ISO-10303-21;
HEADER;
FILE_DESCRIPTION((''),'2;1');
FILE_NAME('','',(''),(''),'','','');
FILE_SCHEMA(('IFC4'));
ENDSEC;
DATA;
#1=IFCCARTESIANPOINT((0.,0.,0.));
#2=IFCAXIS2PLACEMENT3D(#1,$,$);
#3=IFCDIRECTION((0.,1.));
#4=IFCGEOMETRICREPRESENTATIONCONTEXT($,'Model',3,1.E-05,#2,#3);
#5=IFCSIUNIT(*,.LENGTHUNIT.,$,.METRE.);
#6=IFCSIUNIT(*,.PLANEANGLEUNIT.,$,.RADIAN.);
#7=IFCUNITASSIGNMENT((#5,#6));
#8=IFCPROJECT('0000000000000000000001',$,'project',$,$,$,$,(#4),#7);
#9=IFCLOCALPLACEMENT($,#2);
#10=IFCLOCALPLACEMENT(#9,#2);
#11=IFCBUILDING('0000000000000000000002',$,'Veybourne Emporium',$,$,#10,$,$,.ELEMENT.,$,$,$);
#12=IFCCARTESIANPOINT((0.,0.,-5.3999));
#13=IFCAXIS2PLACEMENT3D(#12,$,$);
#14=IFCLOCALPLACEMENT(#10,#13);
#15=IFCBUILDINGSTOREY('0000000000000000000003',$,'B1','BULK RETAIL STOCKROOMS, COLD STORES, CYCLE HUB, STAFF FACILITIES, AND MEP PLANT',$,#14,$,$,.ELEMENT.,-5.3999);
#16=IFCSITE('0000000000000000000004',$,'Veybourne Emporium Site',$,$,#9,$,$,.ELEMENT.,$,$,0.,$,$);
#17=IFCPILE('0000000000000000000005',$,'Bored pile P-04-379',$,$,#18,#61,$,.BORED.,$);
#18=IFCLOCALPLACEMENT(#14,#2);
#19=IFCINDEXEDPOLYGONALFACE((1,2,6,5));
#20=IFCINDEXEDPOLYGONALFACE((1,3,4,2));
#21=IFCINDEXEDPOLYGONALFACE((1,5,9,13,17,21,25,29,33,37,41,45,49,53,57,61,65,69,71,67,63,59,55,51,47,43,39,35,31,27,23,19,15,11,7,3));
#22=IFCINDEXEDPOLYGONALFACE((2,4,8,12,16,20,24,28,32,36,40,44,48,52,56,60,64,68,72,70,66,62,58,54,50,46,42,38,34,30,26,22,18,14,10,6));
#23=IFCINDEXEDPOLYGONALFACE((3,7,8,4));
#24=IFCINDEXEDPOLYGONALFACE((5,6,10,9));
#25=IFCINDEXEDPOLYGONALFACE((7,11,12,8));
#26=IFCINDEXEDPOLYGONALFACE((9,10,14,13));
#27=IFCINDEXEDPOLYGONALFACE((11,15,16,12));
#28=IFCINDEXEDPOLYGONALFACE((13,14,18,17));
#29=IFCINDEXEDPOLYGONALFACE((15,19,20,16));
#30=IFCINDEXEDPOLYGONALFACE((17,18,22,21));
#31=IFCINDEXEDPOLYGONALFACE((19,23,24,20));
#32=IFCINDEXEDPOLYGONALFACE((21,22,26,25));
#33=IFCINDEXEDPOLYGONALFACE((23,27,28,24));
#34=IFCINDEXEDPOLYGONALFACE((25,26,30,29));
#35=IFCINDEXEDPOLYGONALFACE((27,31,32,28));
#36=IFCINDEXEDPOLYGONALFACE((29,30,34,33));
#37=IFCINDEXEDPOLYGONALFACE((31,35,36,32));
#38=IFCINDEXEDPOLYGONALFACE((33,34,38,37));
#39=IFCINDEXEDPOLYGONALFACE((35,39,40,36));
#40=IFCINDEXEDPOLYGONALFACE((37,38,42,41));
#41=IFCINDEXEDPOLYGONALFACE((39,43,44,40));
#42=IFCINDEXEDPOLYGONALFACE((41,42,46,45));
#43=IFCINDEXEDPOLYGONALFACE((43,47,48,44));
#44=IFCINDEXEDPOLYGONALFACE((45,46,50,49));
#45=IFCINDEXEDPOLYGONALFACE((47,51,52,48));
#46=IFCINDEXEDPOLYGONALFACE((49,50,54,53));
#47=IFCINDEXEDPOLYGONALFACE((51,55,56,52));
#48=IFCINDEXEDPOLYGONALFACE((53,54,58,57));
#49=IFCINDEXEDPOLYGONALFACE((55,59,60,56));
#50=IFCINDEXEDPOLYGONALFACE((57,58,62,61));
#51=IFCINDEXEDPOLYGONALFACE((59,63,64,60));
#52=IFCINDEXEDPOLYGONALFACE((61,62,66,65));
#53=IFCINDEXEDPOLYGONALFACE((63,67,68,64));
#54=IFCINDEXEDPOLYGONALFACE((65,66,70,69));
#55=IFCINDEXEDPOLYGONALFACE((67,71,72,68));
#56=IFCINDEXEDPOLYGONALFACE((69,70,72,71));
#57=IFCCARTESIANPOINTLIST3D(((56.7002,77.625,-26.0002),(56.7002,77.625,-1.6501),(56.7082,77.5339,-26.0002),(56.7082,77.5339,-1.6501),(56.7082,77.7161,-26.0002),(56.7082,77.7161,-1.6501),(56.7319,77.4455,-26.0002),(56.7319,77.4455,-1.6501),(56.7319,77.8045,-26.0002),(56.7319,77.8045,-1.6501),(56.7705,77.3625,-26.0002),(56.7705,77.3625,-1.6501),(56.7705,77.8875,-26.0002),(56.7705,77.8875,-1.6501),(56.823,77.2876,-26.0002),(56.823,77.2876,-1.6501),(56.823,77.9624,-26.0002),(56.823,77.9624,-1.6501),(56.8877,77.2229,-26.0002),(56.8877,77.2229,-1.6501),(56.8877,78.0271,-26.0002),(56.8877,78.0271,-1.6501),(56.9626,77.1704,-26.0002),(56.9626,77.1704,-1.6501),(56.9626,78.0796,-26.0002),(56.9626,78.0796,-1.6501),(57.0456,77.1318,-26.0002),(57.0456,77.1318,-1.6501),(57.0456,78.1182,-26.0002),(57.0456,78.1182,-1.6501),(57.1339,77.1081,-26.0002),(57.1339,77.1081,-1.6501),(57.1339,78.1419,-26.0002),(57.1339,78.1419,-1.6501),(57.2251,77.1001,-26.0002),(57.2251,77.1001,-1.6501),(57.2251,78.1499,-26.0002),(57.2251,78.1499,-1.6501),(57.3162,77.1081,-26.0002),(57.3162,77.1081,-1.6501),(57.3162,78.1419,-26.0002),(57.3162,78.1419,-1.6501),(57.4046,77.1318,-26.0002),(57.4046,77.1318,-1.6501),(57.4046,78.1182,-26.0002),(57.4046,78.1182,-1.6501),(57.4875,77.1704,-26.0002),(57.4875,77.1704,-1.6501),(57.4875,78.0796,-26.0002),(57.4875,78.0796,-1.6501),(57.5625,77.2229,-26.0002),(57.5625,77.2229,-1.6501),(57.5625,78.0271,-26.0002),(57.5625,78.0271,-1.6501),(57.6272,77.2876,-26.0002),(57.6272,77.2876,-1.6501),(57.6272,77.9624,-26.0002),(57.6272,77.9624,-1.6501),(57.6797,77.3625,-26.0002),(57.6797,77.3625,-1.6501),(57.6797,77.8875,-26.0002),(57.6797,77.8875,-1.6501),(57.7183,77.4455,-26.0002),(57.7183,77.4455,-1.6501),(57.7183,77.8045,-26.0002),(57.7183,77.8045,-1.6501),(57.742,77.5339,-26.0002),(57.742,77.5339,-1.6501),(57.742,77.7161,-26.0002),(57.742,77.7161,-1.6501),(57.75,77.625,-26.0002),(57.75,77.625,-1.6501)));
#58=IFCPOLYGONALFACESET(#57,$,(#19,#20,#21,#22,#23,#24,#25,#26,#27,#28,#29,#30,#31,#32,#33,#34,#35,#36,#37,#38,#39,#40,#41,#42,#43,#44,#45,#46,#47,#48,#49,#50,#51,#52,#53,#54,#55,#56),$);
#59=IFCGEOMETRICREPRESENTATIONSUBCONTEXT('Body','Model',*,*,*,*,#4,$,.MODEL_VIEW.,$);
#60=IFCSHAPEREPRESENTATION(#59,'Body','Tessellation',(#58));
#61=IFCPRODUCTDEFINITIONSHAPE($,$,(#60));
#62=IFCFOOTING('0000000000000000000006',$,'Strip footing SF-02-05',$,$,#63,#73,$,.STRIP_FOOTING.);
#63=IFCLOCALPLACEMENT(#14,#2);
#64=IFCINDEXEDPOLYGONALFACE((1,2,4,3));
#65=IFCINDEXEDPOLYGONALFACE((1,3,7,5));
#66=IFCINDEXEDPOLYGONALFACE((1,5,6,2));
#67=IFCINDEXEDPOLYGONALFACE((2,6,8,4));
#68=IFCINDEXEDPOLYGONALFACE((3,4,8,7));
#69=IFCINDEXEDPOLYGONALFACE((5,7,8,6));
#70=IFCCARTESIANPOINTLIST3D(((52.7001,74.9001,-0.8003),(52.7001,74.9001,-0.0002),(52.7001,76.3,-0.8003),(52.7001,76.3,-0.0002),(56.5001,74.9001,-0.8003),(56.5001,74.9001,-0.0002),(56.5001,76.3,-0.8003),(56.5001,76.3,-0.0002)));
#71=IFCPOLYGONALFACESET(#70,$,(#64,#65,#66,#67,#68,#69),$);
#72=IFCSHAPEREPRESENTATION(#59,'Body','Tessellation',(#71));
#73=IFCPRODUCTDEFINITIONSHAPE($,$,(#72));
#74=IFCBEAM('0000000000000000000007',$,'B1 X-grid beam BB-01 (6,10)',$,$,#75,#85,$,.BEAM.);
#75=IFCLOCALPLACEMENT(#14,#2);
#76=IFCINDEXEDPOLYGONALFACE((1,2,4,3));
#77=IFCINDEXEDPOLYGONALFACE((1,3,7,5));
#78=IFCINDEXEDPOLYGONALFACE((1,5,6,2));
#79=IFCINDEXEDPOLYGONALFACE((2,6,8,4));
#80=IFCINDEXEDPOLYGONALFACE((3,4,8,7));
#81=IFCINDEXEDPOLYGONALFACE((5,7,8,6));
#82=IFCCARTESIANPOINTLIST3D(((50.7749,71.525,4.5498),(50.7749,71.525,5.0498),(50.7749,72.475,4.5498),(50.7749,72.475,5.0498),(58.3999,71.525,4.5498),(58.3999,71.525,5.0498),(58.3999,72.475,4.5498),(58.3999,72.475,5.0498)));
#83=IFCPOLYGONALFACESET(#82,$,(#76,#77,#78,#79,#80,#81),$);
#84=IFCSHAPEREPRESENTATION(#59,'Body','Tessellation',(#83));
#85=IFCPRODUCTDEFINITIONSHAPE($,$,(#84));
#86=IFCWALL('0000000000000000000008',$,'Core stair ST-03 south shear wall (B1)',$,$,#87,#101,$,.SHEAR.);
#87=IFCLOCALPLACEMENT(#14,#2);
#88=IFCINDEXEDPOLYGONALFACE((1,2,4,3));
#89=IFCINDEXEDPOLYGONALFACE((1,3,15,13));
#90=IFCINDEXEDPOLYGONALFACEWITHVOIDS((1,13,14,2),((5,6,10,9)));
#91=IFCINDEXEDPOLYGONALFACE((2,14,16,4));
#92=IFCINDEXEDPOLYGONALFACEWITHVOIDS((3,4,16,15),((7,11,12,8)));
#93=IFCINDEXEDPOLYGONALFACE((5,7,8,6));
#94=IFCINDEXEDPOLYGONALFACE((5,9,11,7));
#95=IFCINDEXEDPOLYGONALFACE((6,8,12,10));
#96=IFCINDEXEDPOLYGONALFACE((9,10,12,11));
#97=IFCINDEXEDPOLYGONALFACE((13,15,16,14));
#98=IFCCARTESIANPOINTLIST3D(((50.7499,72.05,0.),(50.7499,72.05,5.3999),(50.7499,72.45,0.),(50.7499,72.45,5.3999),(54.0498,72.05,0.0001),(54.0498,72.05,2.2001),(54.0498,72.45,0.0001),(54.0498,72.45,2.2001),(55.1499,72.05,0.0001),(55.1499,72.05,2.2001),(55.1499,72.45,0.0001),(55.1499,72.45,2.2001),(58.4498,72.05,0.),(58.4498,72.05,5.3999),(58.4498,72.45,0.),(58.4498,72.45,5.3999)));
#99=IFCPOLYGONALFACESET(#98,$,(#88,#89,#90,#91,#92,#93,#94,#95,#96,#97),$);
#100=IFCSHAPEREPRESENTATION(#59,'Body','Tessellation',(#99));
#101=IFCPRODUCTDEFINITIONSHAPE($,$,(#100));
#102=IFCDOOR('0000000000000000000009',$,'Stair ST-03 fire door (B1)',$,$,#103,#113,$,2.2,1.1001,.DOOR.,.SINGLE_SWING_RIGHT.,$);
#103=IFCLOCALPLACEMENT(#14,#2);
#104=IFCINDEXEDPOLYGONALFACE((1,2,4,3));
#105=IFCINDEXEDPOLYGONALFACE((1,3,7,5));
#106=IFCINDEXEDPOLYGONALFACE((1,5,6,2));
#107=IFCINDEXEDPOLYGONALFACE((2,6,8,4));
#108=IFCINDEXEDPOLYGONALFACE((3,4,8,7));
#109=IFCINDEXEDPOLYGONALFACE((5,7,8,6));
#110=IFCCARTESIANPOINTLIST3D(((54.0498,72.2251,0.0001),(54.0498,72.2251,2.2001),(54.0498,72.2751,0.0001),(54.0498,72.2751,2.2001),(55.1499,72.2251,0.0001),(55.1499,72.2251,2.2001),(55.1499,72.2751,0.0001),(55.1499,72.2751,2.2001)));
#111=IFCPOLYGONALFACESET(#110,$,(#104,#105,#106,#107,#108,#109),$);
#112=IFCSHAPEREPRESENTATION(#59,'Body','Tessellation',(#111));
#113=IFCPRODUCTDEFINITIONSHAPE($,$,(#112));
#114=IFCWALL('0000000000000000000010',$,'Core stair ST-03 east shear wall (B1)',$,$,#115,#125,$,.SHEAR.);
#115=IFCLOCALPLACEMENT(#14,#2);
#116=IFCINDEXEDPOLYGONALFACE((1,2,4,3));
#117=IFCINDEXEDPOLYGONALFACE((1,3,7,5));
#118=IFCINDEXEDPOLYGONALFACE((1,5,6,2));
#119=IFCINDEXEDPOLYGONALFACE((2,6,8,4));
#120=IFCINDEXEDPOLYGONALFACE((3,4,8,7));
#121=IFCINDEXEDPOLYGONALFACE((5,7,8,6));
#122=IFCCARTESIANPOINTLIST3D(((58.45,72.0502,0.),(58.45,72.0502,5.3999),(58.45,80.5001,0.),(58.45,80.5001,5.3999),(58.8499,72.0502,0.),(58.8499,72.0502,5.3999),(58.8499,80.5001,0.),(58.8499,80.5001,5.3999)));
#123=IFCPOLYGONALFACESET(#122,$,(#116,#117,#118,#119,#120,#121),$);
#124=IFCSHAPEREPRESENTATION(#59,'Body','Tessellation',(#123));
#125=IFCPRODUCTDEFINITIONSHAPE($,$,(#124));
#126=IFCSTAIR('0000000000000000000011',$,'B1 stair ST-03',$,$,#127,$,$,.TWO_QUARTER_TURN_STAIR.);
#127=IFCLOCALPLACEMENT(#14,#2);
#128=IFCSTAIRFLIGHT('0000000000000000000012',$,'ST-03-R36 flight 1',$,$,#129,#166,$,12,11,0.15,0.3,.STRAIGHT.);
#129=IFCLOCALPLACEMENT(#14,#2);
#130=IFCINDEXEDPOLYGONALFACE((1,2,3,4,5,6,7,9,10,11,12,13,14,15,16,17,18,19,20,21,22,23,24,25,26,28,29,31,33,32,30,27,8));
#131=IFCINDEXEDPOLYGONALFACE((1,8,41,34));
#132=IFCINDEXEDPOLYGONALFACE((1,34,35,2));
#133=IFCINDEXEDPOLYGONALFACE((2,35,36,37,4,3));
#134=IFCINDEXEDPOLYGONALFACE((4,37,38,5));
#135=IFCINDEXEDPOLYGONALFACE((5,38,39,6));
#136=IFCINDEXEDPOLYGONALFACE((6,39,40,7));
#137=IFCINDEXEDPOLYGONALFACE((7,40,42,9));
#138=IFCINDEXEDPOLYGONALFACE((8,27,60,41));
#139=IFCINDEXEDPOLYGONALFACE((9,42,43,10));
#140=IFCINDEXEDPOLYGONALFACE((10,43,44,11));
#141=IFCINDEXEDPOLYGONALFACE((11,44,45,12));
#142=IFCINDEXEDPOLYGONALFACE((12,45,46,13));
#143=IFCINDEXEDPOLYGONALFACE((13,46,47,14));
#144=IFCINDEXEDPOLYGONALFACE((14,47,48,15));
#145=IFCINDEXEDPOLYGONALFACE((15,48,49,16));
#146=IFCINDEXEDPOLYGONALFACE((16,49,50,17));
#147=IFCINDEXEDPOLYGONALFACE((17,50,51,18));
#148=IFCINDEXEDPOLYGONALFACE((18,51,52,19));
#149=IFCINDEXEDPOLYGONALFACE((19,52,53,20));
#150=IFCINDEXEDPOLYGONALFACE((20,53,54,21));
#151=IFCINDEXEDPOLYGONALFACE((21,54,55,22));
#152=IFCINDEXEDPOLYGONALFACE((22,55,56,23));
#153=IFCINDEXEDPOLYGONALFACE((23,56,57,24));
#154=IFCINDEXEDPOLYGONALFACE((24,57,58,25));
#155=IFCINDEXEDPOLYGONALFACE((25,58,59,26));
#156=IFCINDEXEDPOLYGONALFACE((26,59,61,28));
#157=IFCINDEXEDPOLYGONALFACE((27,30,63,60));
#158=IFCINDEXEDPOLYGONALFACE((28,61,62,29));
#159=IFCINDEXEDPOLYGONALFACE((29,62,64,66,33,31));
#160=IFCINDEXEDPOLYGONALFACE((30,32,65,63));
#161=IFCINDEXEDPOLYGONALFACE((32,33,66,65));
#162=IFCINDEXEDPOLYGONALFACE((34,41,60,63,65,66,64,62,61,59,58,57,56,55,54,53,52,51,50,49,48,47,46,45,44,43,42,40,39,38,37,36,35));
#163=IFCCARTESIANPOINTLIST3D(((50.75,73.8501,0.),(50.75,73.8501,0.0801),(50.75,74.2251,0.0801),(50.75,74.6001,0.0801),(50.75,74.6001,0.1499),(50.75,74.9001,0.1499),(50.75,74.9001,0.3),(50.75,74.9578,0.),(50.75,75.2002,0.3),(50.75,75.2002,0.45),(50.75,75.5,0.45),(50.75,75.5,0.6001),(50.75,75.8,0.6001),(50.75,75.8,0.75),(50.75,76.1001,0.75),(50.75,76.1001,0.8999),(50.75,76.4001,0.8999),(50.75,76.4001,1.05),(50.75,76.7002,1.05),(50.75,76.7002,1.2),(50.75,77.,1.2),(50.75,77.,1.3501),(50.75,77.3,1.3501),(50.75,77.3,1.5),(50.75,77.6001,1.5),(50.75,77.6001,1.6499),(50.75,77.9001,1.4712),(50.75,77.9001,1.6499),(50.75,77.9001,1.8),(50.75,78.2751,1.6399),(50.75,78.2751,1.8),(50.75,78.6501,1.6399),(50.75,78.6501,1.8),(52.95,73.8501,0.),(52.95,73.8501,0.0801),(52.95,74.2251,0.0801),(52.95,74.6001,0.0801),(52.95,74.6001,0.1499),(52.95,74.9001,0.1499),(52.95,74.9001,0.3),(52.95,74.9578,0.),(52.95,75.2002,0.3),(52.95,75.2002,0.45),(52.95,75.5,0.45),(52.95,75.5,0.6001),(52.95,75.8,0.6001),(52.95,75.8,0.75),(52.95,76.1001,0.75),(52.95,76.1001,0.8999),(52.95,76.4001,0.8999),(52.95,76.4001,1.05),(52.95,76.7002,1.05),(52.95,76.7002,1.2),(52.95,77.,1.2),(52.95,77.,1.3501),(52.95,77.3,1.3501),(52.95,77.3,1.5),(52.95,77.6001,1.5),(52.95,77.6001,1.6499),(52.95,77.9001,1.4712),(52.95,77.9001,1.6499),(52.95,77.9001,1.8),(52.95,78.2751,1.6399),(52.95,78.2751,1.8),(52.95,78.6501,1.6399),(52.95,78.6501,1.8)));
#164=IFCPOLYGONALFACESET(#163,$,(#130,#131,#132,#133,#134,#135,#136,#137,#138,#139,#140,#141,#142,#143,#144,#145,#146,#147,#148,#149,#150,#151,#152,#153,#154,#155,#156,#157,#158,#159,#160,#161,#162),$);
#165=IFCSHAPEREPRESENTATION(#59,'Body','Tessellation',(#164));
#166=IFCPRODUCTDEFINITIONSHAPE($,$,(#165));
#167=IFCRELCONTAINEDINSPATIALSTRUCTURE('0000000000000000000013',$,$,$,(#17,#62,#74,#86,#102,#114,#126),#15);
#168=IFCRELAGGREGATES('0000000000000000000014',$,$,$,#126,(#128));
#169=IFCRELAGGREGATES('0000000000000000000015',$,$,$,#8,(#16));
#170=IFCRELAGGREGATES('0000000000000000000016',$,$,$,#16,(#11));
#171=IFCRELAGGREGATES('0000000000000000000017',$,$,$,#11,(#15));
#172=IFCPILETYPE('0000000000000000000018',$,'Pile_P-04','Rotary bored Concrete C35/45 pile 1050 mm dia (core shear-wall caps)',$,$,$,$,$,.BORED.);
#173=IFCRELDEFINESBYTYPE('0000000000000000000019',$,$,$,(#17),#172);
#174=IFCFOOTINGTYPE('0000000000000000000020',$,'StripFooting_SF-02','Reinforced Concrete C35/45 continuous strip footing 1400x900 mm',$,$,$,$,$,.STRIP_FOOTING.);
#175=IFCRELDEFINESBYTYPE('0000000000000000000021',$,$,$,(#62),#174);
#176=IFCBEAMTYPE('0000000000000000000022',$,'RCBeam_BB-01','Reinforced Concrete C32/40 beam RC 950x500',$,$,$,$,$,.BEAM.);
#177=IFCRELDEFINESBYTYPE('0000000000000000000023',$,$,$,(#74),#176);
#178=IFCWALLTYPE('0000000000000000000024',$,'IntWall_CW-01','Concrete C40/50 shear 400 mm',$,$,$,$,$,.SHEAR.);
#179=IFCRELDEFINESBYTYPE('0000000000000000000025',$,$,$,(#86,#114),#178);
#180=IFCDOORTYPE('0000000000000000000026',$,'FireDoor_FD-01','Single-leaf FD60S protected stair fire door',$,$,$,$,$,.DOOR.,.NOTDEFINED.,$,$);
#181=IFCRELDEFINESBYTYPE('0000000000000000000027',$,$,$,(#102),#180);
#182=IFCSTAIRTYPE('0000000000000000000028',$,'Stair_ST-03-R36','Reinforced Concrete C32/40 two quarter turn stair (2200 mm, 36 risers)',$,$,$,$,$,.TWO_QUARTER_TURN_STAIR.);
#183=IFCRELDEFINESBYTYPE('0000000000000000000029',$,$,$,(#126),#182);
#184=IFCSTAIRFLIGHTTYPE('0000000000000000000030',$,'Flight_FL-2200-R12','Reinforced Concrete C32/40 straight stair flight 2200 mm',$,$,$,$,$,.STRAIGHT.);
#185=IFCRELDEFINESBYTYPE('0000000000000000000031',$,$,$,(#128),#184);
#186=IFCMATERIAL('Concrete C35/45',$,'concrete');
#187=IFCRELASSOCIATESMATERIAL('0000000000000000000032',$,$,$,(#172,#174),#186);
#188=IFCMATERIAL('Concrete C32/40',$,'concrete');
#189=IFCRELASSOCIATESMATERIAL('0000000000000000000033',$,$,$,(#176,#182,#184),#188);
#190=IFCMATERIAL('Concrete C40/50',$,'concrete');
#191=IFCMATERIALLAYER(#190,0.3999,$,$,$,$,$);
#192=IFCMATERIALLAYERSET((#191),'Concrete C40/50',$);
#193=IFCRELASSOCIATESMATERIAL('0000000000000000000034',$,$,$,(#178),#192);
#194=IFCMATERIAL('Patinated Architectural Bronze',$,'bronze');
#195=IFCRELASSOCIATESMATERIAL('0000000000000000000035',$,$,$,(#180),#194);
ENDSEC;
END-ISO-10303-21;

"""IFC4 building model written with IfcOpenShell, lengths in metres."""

from ifc_helpers import new_model, si_unit, direction, frame, frame_2d, origin, origin_2d, place, context, subcontext, project, spatial, polyline, rectangle, circle, outline, extrude, material, layer, layer_set, material_profile, profile_set, type_object, element, fill, aggregate, save


model = new_model("IFC4")

# Units and contexts
model_context = context("Model", 3, precision=1e-05, world=origin(), true_north=direction((0.0, 1.0)))
body_context = subcontext(model_context, "Body", "Model", "MODEL_VIEW")
ifc_project = project(units=[si_unit("LENGTHUNIT", "METRE"), si_unit("PLANEANGLEUNIT", "RADIAN")], contexts=[model_context])

# Site, building, storey
site_placement = place(None, origin())
site = spatial("IfcSite", under=ifc_project, at=site_placement, Name="Veybourne Emporium Site", CompositionType="ELEMENT", RefElevation=0.0)
building_placement = place(site_placement, origin())
building = spatial("IfcBuilding", under=site, at=building_placement, Name="Veybourne Emporium", CompositionType="ELEMENT")
storey_placement = place(building_placement, frame((0.0, 0.0, -5.3999)))
storey = spatial("IfcBuildingStorey", under=building, at=storey_placement, Name="B1", Description="BULK RETAIL STOCKROOMS, COLD STORES, CYCLE HUB, STAFF FACILITIES, AND MEP PLANT", CompositionType="ELEMENT", Elevation=-5.3999)

# Shared definitions
ifc_material_1 = material(Name="Concrete C35/45", Category="concrete")

# Pile
ifc_material_profile_1 = material_profile(ifc_material_1, circle(Radius=0.5249, at=origin_2d()), Name="BORED PILE 1050")
ifc_profile_set_1 = profile_set([ifc_material_profile_1], Name="Concrete C35/45")
pile_type = type_object("IfcPileType", Name="Pile_P-04", Description="Rotary bored Concrete C35/45 pile 1050 mm dia (core shear-wall caps)", PredefinedType="BORED", material=ifc_profile_set_1)
for number, where, z_axis, x_axis, name in (
    (1, (57.2251, 77.625, -1.6501), (0.0, 0.0, -1.0), (1.0, 0.0, 0.0), "Bored pile P-04-379"),
):
    element("IfcPile", number, at=place(storey_placement, frame(where, z_axis=z_axis, x_axis=x_axis)), inside=storey, type_object=pile_type, Name=name, PredefinedType="BORED", context=body_context, shape_type="SweptSolid", body=[
        extrude(circle(Radius=0.5249, at=origin_2d()), origin(), (0.0, 0.0, 1.0), 24.3501),
    ])

# Footing
footing_type_1 = type_object("IfcFootingType", Name="StripFooting_SF-02", Description="Reinforced Concrete C35/45 continuous strip footing 1400x900 mm", PredefinedType="STRIP_FOOTING", material=ifc_material_1)
footing_1_placement = place(storey_placement, frame((54.6001, 75.6001, -0.8003), z_axis=(0.0, 0.0, 1.0), x_axis=(1.0, 0.0, 0.0)))
element("IfcFooting", 2, at=footing_1_placement, inside=storey, type_object=footing_type_1, Name="Strip footing SF-02-05", PredefinedType="STRIP_FOOTING", context=body_context, shape_type="SweptSolid", body=[
    extrude(rectangle(XDim=3.8, YDim=1.3999, at=origin_2d()), origin(), (0.0, 0.0, 1.0), 0.8),
])

# Beam
ifc_material_2 = material(Name="Concrete C32/40", Category="concrete")
ifc_material_profile_2 = material_profile(ifc_material_2, rectangle(XDim=0.95, YDim=0.5, at=origin_2d()), Name="RC 950x500")
ifc_profile_set_2 = profile_set([ifc_material_profile_2], Name="Concrete C32/40")
beam_type = type_object("IfcBeamType", Name="RCBeam_BB-01", Description="Reinforced Concrete C32/40 beam RC 950x500", PredefinedType="BEAM", material=ifc_profile_set_2)
beam_placement = place(storey_placement, frame((50.7749, 72.0, 4.7998), z_axis=(1.0, 0.0, 0.0), x_axis=(0.0, 1.0, 0.0)))
element("IfcBeam", 3, at=beam_placement, inside=storey, type_object=beam_type, Name="B1 X-grid beam BB-01 (6,10)", PredefinedType="BEAM", context=body_context, shape_type="SweptSolid", body=[
    extrude(rectangle(XDim=0.95, YDim=0.5, at=origin_2d()), origin(), (0.0, 0.0, 1.0), 7.625),
])

# Wall, opening, door
ifc_material_3 = material(Name="Concrete C40/50", Category="concrete")
ifc_layer = layer(ifc_material_3, 0.3999)
ifc_layer_set = layer_set([ifc_layer], Name="Concrete C40/50")
wall_type = type_object("IfcWallType", Name="IntWall_CW-01", Description="Concrete C40/50 shear 400 mm", PredefinedType="SHEAR", material=ifc_layer_set)
wall_1_placement = place(storey_placement, frame((58.45, 72.25, 0.0), z_axis=(0.0, 0.0, 1.0), x_axis=(-1.0, 0.0, 0.0)))
wall_1 = element("IfcWall", 4, at=wall_1_placement, inside=storey, type_object=wall_type, Name="Core stair ST-03 south shear wall (B1)", PredefinedType="SHEAR", context=body_context, shape_type="SweptSolid", body=[
    extrude(rectangle(XDim=7.7, YDim=0.3999, at=frame_2d((3.8501, 0.0))), origin(), (0.0, 0.0, 1.0), 5.3999),
])
opening_placement = place(wall_1_placement, frame((3.3, 0.0, 0.0)))
opening = element("IfcOpeningElement", 5, at=opening_placement, cuts=wall_1, PredefinedType="OPENING", context=body_context, shape_type="SweptSolid", body=[
    extrude(rectangle(XDim=1.1001, YDim=2.2, at=frame_2d((0.55, 1.1001))), frame((0.0, 0.22, 0.0), z_axis=(0.0, -1.0, 0.0), x_axis=(1.0, 0.0, 0.0)), (0.0, 0.0, 1.0), 0.4399),
])
ifc_material_4 = material(Name="Patinated Architectural Bronze", Category="bronze")
door_type = type_object("IfcDoorType", Name="FireDoor_FD-01", Description="Single-leaf FD60S protected stair fire door", OperationType="NOTDEFINED", PredefinedType="DOOR", material=ifc_material_4)
door_placement = place(opening_placement, origin())
door = element("IfcDoor", 6, at=door_placement, inside=storey, type_object=door_type, Name="Stair ST-03 fire door (B1)", OperationType="SINGLE_SWING_RIGHT", OverallHeight=2.2, OverallWidth=1.1001, PredefinedType="DOOR", context=body_context, shape_type="SweptSolid", body=[
    extrude(rectangle(XDim=1.1001, YDim=2.2, at=frame_2d((0.55, 1.1001))), frame((0.0, 0.0249, 0.0), z_axis=(0.0, -1.0, 0.0), x_axis=(1.0, 0.0, 0.0)), (0.0, 0.0, 1.0), 0.05),
])
fill(opening, door)

# Wall
wall_2_placement = place(storey_placement, frame((58.6499, 72.05, 0.0), z_axis=(0.0, 0.0, 1.0), x_axis=(0.0, 1.0, 0.0)))
element("IfcWall", 7, at=wall_2_placement, inside=storey, type_object=wall_type, Name="Core stair ST-03 east shear wall (B1)", PredefinedType="SHEAR", context=body_context, shape_type="SweptSolid", body=[
    extrude(rectangle(XDim=8.45, YDim=0.3999, at=frame_2d((4.2251, 0.0))), origin(), (0.0, 0.0, 1.0), 5.3999),
])

# Stair, stair flight
stair_type = type_object("IfcStairType", Name="Stair_ST-03-R36", Description="Reinforced Concrete C32/40 two quarter turn stair (2200 mm, 36 risers)", PredefinedType="TWO_QUARTER_TURN_STAIR", material=ifc_material_2)
stair_placement = place(storey_placement, origin())
stair = element("IfcStair", 8, at=stair_placement, inside=storey, type_object=stair_type, Name="B1 stair ST-03", PredefinedType="TWO_QUARTER_TURN_STAIR")
stair_flight_type = type_object("IfcStairFlightType", Name="Flight_FL-2200-R12", Description="Reinforced Concrete C32/40 straight stair flight 2200 mm", PredefinedType="STRAIGHT", material=ifc_material_2)
stair_flight_1_placement = place(storey_placement, frame((51.8501, 74.6001, 0.0), z_axis=(0.0, 0.0, 1.0), x_axis=(0.0, 1.0, 0.0)))
stair_flight_1 = element("IfcStairFlight", 9, at=stair_flight_1_placement, type_object=stair_flight_type, Name="ST-03-R36 flight 1", NumberOfRisers=12, NumberOfTreads=11, PredefinedType="STRAIGHT", RiserHeight=0.15, TreadLength=0.3, context=body_context, shape_type="SweptSolid", body=[
    extrude(outline(polyline([(-0.75, 0.0), (-0.75, 0.0801), (-0.375, 0.0801), (0.0, 0.0801), (0.0, 0.1499), (0.3, 0.1499), (0.3, 0.3), (0.6001, 0.3), (0.6001, 0.45), (0.8999, 0.45), (0.8999, 0.6001), (1.2, 0.6001), (1.2, 0.75), (1.5, 0.75), (1.5, 0.8999), (1.8, 0.8999), (1.8, 1.05), (2.1001, 1.05), (2.1001, 1.2), (2.3999, 1.2), (2.3999, 1.3501), (2.7, 1.3501), (2.7, 1.5), (3.0, 1.5), (3.0, 1.6499), (3.3, 1.6499), (3.3, 1.8), (3.675, 1.8), (4.05, 1.8), (4.05, 1.6399), (3.675, 1.6399), (3.3, 1.4712), (0.3577, 0.0), (-0.75, 0.0)])), frame((0.0, 1.1001, 0.0), z_axis=(0.0, -1.0, 0.0), x_axis=(1.0, 0.0, 0.0)), (0.0, 0.0, 1.0), 2.2),
])
aggregate(stair, [stair_flight_1])

save(model, "model.ifc")
